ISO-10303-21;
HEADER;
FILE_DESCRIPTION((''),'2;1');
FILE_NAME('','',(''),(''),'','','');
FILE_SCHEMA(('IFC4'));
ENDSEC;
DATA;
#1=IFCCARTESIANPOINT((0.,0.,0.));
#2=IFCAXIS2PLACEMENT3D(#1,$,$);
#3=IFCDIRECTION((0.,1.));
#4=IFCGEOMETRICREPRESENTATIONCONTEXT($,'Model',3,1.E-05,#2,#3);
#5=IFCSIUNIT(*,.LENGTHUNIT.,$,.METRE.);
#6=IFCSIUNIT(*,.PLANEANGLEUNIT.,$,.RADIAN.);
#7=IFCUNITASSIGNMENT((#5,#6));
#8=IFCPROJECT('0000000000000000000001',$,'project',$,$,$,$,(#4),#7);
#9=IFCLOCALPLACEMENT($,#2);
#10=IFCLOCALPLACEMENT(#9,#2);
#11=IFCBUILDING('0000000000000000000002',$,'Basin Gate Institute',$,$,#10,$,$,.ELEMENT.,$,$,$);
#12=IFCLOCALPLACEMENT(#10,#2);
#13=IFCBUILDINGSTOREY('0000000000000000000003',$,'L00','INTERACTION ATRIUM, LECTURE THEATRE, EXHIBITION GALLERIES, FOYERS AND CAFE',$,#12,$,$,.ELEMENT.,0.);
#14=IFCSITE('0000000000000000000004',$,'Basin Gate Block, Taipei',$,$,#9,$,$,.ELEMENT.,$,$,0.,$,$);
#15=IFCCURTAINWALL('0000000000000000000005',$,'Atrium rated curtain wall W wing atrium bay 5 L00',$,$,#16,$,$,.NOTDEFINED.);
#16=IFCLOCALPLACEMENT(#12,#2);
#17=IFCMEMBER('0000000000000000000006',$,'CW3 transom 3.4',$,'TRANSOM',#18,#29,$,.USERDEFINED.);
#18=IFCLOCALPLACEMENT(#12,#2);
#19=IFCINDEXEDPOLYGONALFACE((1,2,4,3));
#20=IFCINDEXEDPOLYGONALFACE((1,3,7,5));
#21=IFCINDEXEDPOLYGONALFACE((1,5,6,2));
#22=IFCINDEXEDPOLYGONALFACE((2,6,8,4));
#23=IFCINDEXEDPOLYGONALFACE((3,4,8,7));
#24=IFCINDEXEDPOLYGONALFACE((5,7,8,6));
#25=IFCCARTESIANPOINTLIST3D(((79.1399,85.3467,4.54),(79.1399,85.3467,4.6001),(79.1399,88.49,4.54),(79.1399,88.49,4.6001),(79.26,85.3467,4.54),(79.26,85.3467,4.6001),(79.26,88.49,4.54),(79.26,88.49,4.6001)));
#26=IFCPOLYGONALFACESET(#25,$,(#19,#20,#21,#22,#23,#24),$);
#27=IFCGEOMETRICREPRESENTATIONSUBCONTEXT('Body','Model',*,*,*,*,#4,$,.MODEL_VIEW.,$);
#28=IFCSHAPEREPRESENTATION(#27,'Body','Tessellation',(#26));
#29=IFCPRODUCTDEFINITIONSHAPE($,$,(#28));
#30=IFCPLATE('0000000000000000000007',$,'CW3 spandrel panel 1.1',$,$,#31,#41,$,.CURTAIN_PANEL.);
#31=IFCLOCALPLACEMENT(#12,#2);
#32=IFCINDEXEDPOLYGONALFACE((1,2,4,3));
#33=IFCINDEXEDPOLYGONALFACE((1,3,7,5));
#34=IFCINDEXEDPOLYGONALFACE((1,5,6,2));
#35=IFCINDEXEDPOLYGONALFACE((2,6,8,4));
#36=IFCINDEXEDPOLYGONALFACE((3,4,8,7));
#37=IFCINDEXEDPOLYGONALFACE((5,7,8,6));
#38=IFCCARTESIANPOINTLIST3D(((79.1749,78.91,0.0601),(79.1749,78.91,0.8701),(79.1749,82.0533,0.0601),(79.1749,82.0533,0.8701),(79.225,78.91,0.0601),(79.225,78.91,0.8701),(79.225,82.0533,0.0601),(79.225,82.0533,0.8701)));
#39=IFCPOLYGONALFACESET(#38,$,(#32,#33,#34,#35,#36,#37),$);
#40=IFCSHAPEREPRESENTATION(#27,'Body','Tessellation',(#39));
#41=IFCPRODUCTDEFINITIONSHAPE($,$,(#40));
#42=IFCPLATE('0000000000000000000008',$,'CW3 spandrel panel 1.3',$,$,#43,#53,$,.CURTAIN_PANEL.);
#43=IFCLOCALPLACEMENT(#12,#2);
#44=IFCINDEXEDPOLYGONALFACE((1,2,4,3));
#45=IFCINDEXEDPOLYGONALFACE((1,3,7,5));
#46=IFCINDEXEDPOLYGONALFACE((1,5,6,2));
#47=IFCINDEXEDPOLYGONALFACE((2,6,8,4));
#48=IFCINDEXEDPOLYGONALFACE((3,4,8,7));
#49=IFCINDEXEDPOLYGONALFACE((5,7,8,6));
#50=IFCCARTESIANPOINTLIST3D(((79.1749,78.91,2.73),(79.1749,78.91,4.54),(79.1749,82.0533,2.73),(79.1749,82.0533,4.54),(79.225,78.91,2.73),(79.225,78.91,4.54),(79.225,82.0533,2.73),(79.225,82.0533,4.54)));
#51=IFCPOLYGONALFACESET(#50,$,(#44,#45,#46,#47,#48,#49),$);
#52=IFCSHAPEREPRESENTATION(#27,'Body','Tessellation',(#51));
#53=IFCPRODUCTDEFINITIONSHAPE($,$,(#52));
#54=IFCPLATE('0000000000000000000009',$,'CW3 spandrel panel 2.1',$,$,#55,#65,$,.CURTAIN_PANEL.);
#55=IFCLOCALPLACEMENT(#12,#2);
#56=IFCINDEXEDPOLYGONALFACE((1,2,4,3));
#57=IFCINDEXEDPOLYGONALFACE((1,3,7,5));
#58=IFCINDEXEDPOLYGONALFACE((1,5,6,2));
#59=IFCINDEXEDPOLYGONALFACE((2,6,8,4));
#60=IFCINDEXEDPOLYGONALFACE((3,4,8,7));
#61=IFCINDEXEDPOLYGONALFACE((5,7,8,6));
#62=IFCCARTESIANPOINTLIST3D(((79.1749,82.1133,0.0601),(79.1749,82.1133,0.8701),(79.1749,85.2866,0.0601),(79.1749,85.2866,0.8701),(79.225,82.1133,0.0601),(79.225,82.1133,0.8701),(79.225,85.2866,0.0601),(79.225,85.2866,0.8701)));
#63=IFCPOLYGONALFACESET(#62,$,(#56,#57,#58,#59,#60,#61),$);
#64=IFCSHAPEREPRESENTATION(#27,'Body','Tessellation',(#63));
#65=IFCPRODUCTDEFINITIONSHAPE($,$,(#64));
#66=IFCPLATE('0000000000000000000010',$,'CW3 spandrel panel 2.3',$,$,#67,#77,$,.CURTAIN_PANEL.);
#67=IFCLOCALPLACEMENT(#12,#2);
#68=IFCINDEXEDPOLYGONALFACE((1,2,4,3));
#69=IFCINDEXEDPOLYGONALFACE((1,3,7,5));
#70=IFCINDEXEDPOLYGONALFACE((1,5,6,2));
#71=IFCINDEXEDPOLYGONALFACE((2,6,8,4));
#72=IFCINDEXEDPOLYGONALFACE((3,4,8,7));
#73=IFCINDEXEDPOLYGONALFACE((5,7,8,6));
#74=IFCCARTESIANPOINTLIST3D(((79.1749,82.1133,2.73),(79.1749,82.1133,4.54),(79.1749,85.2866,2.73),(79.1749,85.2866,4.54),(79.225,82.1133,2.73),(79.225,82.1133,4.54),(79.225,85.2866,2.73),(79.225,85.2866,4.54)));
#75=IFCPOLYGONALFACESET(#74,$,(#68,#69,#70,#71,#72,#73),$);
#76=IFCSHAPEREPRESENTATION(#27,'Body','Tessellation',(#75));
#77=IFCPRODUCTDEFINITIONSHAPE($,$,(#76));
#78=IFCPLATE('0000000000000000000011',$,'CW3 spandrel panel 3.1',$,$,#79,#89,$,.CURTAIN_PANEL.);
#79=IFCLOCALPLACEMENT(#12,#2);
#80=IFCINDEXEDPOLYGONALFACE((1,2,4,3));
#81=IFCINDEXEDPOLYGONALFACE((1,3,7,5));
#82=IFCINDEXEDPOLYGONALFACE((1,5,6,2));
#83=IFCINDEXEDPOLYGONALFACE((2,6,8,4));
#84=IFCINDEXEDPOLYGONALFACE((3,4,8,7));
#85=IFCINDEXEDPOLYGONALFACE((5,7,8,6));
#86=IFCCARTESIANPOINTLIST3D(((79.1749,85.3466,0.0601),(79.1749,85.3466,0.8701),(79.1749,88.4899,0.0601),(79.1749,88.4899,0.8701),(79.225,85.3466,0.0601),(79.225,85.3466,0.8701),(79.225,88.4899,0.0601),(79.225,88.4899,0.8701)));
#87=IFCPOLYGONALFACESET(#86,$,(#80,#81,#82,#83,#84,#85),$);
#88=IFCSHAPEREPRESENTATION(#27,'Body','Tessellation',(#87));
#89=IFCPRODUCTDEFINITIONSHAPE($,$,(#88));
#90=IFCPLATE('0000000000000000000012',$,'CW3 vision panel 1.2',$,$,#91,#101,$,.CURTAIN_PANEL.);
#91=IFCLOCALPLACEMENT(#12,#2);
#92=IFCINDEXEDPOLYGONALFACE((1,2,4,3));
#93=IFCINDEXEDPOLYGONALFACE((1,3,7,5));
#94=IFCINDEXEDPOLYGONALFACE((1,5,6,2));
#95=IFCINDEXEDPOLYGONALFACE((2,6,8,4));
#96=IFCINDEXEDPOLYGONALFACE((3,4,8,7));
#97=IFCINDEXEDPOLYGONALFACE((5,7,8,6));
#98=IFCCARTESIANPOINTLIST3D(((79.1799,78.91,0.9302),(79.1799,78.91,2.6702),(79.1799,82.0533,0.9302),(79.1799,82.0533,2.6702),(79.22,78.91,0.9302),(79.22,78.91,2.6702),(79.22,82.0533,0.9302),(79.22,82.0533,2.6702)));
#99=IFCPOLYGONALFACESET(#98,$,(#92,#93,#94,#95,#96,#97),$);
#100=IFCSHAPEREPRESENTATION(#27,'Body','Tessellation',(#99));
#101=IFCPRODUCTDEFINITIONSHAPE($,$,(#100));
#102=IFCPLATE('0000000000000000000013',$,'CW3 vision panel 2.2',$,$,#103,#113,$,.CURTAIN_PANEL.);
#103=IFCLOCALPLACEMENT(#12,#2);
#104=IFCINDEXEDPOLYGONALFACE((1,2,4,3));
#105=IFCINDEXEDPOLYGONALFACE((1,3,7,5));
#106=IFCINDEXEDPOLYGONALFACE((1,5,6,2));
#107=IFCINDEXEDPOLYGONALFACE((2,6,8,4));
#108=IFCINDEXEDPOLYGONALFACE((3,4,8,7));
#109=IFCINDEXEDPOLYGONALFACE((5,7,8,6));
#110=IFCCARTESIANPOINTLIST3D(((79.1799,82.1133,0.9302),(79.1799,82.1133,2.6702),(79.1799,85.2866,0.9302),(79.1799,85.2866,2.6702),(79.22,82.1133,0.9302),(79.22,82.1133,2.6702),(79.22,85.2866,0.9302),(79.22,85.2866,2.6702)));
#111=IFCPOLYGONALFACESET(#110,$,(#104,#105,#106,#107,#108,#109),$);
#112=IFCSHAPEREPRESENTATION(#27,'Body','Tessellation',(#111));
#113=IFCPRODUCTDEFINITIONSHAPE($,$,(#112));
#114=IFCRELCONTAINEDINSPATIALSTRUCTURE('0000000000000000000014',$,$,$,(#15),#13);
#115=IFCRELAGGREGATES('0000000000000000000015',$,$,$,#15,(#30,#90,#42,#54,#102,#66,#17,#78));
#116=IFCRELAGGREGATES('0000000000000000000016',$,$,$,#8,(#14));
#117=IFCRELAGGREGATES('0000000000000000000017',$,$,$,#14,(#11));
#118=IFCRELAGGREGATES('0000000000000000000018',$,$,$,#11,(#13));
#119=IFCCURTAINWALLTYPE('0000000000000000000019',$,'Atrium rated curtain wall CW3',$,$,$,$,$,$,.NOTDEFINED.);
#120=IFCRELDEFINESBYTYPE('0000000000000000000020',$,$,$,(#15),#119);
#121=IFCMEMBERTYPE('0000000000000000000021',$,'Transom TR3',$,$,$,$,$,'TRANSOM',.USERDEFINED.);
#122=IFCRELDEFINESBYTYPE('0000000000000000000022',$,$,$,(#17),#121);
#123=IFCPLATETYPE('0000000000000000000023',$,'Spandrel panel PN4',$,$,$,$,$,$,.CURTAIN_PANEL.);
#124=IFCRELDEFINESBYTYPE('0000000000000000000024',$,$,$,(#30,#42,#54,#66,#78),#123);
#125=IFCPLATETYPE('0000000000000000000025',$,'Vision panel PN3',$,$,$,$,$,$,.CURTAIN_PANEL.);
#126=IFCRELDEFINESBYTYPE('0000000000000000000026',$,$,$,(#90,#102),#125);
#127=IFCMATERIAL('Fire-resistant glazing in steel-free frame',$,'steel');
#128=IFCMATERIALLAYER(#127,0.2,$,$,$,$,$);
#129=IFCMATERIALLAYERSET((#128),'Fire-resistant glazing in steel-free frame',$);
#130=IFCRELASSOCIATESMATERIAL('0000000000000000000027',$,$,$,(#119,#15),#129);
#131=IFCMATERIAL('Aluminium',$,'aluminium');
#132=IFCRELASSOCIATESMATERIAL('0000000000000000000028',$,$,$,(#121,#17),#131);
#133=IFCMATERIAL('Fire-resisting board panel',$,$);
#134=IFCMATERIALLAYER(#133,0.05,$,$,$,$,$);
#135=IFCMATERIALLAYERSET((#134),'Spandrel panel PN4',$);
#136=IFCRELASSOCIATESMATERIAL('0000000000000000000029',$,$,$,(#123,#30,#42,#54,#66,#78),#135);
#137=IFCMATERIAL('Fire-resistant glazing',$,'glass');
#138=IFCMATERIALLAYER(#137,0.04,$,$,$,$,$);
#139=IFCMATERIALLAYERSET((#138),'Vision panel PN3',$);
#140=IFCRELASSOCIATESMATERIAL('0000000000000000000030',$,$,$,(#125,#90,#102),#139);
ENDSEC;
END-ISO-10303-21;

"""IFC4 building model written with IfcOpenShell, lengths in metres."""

from ifc_helpers import new_model, si_unit, direction, frame, origin, origin_2d, place, context, subcontext, project, spatial, rectangle, extrude, material, layer, layer_set, material_profile, profile_set, type_object, element, aggregate, save


model = new_model("IFC4")

# Units and contexts
model_context = context("Model", 3, precision=1e-05, world=origin(), true_north=direction((0.0, 1.0)))
body_context = subcontext(model_context, "Body", "Model", "MODEL_VIEW")
ifc_project = project(units=[si_unit("LENGTHUNIT", "METRE"), si_unit("PLANEANGLEUNIT", "RADIAN")], contexts=[model_context])

# Site, building, storey
site_placement = place(None, origin())
site = spatial("IfcSite", under=ifc_project, at=site_placement, Name="Basin Gate Block, Taipei", CompositionType="ELEMENT", RefElevation=0.0)
building_placement = place(site_placement, origin())
building = spatial("IfcBuilding", under=site, at=building_placement, Name="Basin Gate Institute", CompositionType="ELEMENT")
storey_placement = place(building_placement, origin())
storey = spatial("IfcBuildingStorey", under=building, at=storey_placement, Name="L00", Description="INTERACTION ATRIUM, LECTURE THEATRE, EXHIBITION GALLERIES, FOYERS AND CAFE", CompositionType="ELEMENT", Elevation=0.0)

# Curtain wall, member, plates
ifc_material_1 = material(Name="Fire-resistant glazing in steel-free frame", Category="steel")
ifc_layer_1 = layer(ifc_material_1, 0.2)
ifc_layer_set_1 = layer_set([ifc_layer_1], Name="Fire-resistant glazing in steel-free frame")
curtain_wall_type = type_object("IfcCurtainWallType", Name="Atrium rated curtain wall CW3", PredefinedType="NOTDEFINED", material=ifc_layer_set_1)
curtain_wall_placement = place(storey_placement, origin())
curtain_wall = element("IfcCurtainWall", 1, at=curtain_wall_placement, inside=storey, type_object=curtain_wall_type, material=ifc_layer_set_1, Name="Atrium rated curtain wall W wing atrium bay 5 L00", PredefinedType="NOTDEFINED")
ifc_material_2 = material(Name="Aluminium", Category="aluminium")
ifc_material_profile_1 = material_profile(ifc_material_2, rectangle(XDim=0.1201, YDim=0.0601, at=origin_2d()), Name="Transom TR3 120 x 60")
ifc_profile_set_1 = profile_set([ifc_material_profile_1], Name="Aluminium")
member_type_1 = type_object("IfcMemberType", Name="Transom TR3", ElementType="TRANSOM", PredefinedType="USERDEFINED", material=ifc_profile_set_1)
member_1_placement = place(storey_placement, frame((79.2, 85.3467, 4.5701), z_axis=(0.0, 1.0, 0.0), x_axis=(-1.0, 0.0, 0.0)))
member_1 = element("IfcMember", 2, at=member_1_placement, type_object=member_type_1, material=ifc_profile_set_1, Name="CW3 transom 3.4", ObjectType="TRANSOM", PredefinedType="USERDEFINED", context=body_context, shape_type="SweptSolid", body=[
    extrude(rectangle(XDim=0.1201, YDim=0.0601, at=origin_2d()), origin(), (0.0, 0.0, 1.0), 3.1433),
])
ifc_material_3 = material(Name="Fire-resisting board panel")
ifc_layer_2 = layer(ifc_material_3, 0.05)
ifc_layer_set_2 = layer_set([ifc_layer_2], Name="Spandrel panel PN4")
plate_type_1 = type_object("IfcPlateType", Name="Spandrel panel PN4", PredefinedType="CURTAIN_PANEL", material=ifc_layer_set_2)
plate_1_placement = place(storey_placement, frame((79.2, 80.4817, 0.0601), z_axis=(0.0, 0.0, 1.0), x_axis=(0.0, 1.0, 0.0)))
plate_1 = element("IfcPlate", 3, at=plate_1_placement, type_object=plate_type_1, material=ifc_layer_set_2, Name="CW3 spandrel panel 1.1", PredefinedType="CURTAIN_PANEL", context=body_context, shape_type="SweptSolid", body=[
    extrude(rectangle(XDim=3.1433, YDim=0.05, at=origin_2d()), origin(), (0.0, 0.0, 1.0), 0.8101),
])
plate_2_placement = place(storey_placement, frame((79.2, 80.4817, 2.73), z_axis=(0.0, 0.0, 1.0), x_axis=(0.0, 1.0, 0.0)))
plate_2 = element("IfcPlate", 4, at=plate_2_placement, type_object=plate_type_1, material=ifc_layer_set_2, Name="CW3 spandrel panel 1.3", PredefinedType="CURTAIN_PANEL", context=body_context, shape_type="SweptSolid", body=[
    extrude(rectangle(XDim=3.1433, YDim=0.05, at=origin_2d()), origin(), (0.0, 0.0, 1.0), 1.8101),
])
plate_3_placement = place(storey_placement, frame((79.2, 83.7, 0.0601), z_axis=(0.0, 0.0, 1.0), x_axis=(0.0, 1.0, 0.0)))
plate_3 = element("IfcPlate", 5, at=plate_3_placement, type_object=plate_type_1, material=ifc_layer_set_2, Name="CW3 spandrel panel 2.1", PredefinedType="CURTAIN_PANEL", context=body_context, shape_type="SweptSolid", body=[
    extrude(rectangle(XDim=3.1733, YDim=0.05, at=origin_2d()), origin(), (0.0, 0.0, 1.0), 0.8101),
])
plate_4_placement = place(storey_placement, frame((79.2, 83.7, 2.73), z_axis=(0.0, 0.0, 1.0), x_axis=(0.0, 1.0, 0.0)))
plate_4 = element("IfcPlate", 6, at=plate_4_placement, type_object=plate_type_1, material=ifc_layer_set_2, Name="CW3 spandrel panel 2.3", PredefinedType="CURTAIN_PANEL", context=body_context, shape_type="SweptSolid", body=[
    extrude(rectangle(XDim=3.1733, YDim=0.05, at=origin_2d()), origin(), (0.0, 0.0, 1.0), 1.8101),
])
plate_5_placement = place(storey_placement, frame((79.2, 86.9182, 0.0601), z_axis=(0.0, 0.0, 1.0), x_axis=(0.0, 1.0, 0.0)))
plate_5 = element("IfcPlate", 7, at=plate_5_placement, type_object=plate_type_1, material=ifc_layer_set_2, Name="CW3 spandrel panel 3.1", PredefinedType="CURTAIN_PANEL", context=body_context, shape_type="SweptSolid", body=[
    extrude(rectangle(XDim=3.1433, YDim=0.05, at=origin_2d()), origin(), (0.0, 0.0, 1.0), 0.8101),
])
ifc_material_4 = material(Name="Fire-resistant glazing", Category="glass")
ifc_layer_3 = layer(ifc_material_4, 0.04)
ifc_layer_set_3 = layer_set([ifc_layer_3], Name="Vision panel PN3")
plate_type_2 = type_object("IfcPlateType", Name="Vision panel PN3", PredefinedType="CURTAIN_PANEL", material=ifc_layer_set_3)
plate_6_placement = place(storey_placement, frame((79.2, 80.4817, 0.9302), z_axis=(0.0, 0.0, 1.0), x_axis=(0.0, 1.0, 0.0)))
plate_6 = element("IfcPlate", 8, at=plate_6_placement, type_object=plate_type_2, material=ifc_layer_set_3, Name="CW3 vision panel 1.2", PredefinedType="CURTAIN_PANEL", context=body_context, shape_type="SweptSolid", body=[
    extrude(rectangle(XDim=3.1433, YDim=0.04, at=origin_2d()), origin(), (0.0, 0.0, 1.0), 1.74),
])
plate_7_placement = place(storey_placement, frame((79.2, 83.7, 0.9302), z_axis=(0.0, 0.0, 1.0), x_axis=(0.0, 1.0, 0.0)))
plate_7 = element("IfcPlate", 9, at=plate_7_placement, type_object=plate_type_2, material=ifc_layer_set_3, Name="CW3 vision panel 2.2", PredefinedType="CURTAIN_PANEL", context=body_context, shape_type="SweptSolid", body=[
    extrude(rectangle(XDim=3.1733, YDim=0.04, at=origin_2d()), origin(), (0.0, 0.0, 1.0), 1.74),
])
aggregate(curtain_wall, [plate_1, plate_6, plate_2, plate_3, plate_7, plate_4, member_1, plate_5])

save(model, "model.ifc")
